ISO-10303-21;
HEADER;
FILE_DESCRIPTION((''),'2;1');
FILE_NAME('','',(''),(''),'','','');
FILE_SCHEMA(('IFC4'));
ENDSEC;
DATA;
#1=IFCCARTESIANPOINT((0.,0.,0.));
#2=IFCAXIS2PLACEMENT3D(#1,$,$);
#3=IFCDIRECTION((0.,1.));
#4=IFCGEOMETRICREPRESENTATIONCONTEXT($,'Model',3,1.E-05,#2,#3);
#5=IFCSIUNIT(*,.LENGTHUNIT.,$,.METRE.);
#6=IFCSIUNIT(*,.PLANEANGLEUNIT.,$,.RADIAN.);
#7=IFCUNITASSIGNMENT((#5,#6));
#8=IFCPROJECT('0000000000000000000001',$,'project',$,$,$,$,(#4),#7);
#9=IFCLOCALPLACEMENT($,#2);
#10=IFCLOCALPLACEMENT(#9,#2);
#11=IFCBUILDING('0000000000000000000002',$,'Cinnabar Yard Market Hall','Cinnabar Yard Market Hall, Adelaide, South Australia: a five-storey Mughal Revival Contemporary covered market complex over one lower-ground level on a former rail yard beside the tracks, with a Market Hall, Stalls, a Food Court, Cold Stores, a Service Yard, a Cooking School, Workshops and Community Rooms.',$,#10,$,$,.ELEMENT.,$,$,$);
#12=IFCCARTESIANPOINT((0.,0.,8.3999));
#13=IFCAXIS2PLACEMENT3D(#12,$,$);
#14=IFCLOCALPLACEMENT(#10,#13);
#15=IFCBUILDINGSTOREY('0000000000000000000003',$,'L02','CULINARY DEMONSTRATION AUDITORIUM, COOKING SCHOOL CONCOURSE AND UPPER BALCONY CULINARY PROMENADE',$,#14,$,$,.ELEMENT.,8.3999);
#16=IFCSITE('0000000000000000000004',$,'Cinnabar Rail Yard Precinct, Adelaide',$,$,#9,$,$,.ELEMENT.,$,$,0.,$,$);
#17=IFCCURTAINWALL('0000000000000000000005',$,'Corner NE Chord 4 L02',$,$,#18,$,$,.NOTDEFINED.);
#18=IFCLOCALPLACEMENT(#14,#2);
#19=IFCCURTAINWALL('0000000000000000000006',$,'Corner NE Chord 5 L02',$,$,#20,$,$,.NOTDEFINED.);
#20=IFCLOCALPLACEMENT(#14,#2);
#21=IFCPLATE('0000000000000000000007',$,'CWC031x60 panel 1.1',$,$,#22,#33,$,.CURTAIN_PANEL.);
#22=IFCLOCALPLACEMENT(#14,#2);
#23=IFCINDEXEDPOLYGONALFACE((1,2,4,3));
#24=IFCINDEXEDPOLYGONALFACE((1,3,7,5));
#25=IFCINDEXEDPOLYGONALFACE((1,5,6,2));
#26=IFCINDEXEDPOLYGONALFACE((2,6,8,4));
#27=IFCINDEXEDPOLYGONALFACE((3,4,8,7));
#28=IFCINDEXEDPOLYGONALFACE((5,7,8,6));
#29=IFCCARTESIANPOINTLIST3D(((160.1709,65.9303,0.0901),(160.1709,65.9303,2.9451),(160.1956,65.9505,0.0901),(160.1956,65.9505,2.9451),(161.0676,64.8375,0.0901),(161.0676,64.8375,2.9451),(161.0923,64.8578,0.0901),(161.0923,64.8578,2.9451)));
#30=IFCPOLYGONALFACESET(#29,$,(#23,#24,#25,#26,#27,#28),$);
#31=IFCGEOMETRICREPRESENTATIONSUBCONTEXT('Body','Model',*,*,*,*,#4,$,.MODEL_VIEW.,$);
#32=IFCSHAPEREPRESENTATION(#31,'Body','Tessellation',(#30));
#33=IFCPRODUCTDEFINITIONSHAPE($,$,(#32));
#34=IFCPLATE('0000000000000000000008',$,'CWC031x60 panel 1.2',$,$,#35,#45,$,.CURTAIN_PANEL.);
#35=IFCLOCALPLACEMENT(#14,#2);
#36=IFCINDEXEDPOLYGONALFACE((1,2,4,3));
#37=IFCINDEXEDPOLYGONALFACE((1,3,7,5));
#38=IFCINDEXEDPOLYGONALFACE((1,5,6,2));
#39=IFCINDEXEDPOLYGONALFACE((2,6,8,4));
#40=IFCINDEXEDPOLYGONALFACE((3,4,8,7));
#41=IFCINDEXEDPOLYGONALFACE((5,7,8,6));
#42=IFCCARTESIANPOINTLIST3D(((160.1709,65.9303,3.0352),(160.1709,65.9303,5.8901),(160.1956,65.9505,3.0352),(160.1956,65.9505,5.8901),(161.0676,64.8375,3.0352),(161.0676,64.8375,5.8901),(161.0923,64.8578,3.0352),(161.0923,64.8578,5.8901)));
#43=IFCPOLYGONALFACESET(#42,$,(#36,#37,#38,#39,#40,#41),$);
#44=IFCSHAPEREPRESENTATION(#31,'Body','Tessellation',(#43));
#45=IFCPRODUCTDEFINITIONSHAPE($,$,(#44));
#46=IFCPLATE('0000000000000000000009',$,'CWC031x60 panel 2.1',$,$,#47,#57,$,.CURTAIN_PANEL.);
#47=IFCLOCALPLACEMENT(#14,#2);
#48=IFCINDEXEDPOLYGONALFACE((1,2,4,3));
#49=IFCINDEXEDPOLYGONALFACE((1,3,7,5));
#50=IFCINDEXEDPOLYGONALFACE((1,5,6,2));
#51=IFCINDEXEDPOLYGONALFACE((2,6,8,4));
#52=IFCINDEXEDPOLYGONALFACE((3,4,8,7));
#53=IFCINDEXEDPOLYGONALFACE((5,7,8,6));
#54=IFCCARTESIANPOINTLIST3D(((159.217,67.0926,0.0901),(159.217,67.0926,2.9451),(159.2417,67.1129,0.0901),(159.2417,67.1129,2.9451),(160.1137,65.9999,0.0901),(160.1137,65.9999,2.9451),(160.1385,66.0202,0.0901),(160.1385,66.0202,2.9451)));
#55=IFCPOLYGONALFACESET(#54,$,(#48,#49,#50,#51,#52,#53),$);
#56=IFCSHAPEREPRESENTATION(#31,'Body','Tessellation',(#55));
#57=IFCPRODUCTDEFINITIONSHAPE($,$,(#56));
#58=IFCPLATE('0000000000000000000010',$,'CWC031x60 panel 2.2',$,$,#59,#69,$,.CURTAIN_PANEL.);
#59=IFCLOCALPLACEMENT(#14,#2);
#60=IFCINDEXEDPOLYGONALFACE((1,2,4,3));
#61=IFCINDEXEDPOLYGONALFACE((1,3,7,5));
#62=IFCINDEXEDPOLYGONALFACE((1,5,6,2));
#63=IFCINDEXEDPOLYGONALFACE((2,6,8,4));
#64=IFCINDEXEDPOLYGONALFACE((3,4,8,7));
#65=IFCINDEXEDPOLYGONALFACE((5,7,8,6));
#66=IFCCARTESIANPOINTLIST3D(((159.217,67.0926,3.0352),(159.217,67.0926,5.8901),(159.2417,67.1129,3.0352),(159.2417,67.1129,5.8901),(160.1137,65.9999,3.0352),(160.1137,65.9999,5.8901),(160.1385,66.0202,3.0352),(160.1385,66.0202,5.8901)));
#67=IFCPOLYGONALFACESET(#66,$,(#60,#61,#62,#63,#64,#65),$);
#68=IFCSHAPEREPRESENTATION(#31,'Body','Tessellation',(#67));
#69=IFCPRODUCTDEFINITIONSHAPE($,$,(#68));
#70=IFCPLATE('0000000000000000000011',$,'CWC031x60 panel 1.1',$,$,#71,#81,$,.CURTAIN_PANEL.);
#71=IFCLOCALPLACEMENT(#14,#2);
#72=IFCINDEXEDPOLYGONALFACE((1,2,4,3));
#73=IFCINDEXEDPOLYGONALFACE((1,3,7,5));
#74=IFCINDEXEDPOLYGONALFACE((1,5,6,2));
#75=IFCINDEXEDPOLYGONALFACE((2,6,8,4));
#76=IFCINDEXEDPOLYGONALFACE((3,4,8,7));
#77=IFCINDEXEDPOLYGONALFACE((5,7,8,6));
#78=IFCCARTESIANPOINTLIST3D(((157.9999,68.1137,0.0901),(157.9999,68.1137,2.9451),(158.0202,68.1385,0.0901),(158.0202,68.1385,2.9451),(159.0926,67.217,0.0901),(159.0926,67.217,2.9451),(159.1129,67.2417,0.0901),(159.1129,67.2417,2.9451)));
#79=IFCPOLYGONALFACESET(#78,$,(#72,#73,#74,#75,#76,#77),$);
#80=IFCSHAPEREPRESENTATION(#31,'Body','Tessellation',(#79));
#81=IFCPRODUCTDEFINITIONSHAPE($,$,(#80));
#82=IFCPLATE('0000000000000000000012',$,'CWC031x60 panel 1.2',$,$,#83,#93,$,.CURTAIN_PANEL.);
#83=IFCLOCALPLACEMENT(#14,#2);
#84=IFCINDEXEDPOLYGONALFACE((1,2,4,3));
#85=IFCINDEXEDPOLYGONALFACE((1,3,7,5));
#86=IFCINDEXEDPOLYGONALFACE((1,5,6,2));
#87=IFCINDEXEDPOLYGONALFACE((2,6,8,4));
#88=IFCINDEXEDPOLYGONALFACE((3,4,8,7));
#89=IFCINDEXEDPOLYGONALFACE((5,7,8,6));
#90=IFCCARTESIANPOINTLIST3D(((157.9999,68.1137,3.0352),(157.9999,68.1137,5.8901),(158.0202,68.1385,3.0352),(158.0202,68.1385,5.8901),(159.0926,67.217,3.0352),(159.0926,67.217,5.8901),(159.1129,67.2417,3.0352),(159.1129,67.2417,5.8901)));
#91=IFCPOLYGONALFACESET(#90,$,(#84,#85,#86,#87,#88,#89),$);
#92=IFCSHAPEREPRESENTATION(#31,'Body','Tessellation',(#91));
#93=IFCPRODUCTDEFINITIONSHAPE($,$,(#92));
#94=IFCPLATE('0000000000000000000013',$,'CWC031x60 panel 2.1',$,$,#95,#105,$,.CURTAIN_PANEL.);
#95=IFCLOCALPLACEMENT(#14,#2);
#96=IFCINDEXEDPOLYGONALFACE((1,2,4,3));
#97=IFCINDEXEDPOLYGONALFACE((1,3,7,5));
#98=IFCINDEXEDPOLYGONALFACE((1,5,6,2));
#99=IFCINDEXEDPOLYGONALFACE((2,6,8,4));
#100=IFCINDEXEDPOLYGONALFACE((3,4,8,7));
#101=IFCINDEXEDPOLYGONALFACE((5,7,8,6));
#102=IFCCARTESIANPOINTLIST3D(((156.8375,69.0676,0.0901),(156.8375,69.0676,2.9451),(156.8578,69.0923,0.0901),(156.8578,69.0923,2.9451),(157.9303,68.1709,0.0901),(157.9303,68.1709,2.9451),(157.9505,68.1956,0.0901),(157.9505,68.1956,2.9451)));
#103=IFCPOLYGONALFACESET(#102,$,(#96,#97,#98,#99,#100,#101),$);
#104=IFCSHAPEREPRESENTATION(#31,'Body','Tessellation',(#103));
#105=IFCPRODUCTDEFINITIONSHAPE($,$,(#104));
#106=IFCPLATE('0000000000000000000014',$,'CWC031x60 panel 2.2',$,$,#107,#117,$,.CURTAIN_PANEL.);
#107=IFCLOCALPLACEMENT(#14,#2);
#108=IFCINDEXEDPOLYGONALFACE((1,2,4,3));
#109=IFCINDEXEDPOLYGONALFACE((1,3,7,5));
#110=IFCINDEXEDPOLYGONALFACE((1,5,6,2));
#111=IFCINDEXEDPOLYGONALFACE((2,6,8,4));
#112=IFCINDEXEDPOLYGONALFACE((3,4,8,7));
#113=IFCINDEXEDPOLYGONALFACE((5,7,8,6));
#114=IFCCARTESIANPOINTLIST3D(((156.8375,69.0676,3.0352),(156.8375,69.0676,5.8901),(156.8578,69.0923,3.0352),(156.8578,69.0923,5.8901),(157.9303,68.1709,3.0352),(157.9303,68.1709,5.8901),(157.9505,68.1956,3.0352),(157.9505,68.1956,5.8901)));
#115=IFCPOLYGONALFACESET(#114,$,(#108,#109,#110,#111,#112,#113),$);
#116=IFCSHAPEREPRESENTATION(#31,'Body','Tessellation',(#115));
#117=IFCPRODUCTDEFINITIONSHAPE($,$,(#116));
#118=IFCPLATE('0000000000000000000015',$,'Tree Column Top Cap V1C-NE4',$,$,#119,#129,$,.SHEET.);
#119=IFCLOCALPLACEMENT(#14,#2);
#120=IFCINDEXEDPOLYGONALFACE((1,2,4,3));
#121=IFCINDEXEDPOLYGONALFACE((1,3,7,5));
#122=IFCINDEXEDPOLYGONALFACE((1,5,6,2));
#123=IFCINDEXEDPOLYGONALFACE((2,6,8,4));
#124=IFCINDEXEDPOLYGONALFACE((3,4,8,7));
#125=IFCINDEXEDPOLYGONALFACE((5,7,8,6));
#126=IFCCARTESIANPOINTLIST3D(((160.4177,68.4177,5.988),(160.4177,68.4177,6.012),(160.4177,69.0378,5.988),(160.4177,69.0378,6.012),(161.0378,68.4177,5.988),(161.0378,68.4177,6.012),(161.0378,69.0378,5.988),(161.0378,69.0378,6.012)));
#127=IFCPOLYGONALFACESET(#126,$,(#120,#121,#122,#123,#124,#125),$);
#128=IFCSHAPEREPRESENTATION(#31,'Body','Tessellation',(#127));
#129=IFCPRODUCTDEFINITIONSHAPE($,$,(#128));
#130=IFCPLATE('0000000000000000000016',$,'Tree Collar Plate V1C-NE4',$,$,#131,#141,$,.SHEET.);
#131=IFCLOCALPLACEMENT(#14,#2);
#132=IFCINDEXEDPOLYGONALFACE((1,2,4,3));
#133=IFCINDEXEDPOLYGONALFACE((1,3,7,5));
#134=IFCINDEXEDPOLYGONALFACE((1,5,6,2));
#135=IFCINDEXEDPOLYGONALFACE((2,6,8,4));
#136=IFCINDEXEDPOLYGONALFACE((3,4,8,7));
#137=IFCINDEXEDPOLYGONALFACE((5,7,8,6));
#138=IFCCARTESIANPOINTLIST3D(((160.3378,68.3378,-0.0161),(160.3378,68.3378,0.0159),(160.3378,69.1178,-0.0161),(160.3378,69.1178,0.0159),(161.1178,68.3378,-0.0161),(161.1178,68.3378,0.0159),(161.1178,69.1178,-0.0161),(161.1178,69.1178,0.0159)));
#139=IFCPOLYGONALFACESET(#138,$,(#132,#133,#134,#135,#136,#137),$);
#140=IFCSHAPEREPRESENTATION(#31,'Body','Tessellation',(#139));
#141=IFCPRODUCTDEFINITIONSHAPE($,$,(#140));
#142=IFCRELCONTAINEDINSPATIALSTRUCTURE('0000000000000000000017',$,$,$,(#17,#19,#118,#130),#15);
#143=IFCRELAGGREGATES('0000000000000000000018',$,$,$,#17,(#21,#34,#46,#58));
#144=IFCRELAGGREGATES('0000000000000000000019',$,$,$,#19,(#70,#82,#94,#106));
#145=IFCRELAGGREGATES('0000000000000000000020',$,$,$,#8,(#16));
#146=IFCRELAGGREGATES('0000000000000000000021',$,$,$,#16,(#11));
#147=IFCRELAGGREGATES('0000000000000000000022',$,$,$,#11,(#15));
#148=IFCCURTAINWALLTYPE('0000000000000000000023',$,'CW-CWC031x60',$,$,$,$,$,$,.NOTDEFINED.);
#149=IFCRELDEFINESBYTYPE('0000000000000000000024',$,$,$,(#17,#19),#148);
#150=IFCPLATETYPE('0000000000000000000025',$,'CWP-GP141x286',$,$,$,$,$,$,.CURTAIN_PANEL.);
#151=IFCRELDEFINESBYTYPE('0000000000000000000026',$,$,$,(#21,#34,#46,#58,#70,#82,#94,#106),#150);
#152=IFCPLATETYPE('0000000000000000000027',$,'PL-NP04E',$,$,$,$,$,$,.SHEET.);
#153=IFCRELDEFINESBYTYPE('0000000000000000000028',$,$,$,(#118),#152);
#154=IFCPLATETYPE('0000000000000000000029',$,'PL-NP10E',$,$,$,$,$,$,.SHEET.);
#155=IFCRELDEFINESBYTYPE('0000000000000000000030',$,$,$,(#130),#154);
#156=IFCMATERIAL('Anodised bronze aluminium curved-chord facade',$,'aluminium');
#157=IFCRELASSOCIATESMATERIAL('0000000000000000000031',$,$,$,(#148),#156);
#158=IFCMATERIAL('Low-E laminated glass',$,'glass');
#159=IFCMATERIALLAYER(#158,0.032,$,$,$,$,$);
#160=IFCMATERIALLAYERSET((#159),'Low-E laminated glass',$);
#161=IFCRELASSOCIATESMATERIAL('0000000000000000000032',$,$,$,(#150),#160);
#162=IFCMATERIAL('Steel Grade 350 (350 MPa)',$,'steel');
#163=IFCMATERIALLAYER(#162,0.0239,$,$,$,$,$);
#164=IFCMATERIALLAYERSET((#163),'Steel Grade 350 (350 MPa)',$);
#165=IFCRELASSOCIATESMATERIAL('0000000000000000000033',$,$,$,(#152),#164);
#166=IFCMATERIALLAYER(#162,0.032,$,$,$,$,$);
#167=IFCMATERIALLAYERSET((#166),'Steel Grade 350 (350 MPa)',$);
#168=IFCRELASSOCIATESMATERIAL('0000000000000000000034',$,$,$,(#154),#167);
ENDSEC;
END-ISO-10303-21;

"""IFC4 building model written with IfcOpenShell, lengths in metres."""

from ifc_helpers import new_model, si_unit, direction, frame, origin, origin_2d_with_axis, place, context, subcontext, project, spatial, rectangle, extrude, material, layer, layer_set, type_object, element, aggregate, save


model = new_model("IFC4")

# Units and contexts
model_context = context("Model", 3, precision=1e-05, world=origin(), true_north=direction((0.0, 1.0)))
body_context = subcontext(model_context, "Body", "Model", "MODEL_VIEW")
ifc_project = project(units=[si_unit("LENGTHUNIT", "METRE"), si_unit("PLANEANGLEUNIT", "RADIAN")], contexts=[model_context])

# Site, building, storey
site_placement = place(None, origin())
site = spatial("IfcSite", under=ifc_project, at=site_placement, Name="Cinnabar Rail Yard Precinct, Adelaide", CompositionType="ELEMENT", RefElevation=0.0)
building_placement = place(site_placement, origin())
building = spatial("IfcBuilding", under=site, at=building_placement, Name="Cinnabar Yard Market Hall", Description="Cinnabar Yard Market Hall, Adelaide, South Australia: a five-storey Mughal Revival Contemporary covered market complex over one lower-ground level on a former rail yard beside the tracks, with a Market Hall, Stalls, a Food Court, Cold Stores, a Service Yard, a Cooking School, Workshops and Community Rooms.", CompositionType="ELEMENT")
storey_placement = place(building_placement, frame((0.0, 0.0, 8.3999)))
storey = spatial("IfcBuildingStorey", under=building, at=storey_placement, Name="L02", Description="CULINARY DEMONSTRATION AUDITORIUM, COOKING SCHOOL CONCOURSE AND UPPER BALCONY CULINARY PROMENADE", CompositionType="ELEMENT", Elevation=8.3999)

# Shared definitions
ifc_material_1 = material(Name="Anodised bronze aluminium curved-chord facade", Category="aluminium")
curtain_wall_type = type_object("IfcCurtainWallType", Name="CW-CWC031x60", PredefinedType="NOTDEFINED", material=ifc_material_1)

# Curtain walls
curtain_wall_1_placement = place(storey_placement, origin())
curtain_wall_1 = element("IfcCurtainWall", 1, at=curtain_wall_1_placement, inside=storey, type_object=curtain_wall_type, Name="Corner NE Chord 4 L02", PredefinedType="NOTDEFINED")
curtain_wall_2_placement = place(storey_placement, origin())
curtain_wall_2 = element("IfcCurtainWall", 2, at=curtain_wall_2_placement, inside=storey, type_object=curtain_wall_type, Name="Corner NE Chord 5 L02", PredefinedType="NOTDEFINED")

# Plates
ifc_material_2 = material(Name="Low-E laminated glass", Category="glass")
ifc_layer_1 = layer(ifc_material_2, 0.032)
ifc_layer_set_1 = layer_set([ifc_layer_1], Name="Low-E laminated glass")
plate_type_1 = type_object("IfcPlateType", Name="CWP-GP141x286", PredefinedType="CURTAIN_PANEL", material=ifc_layer_set_1)
plate_1_placement = place(storey_placement, frame((160.6316, 65.394, 0.0901), z_axis=(0.0, 0.0, 1.0), x_axis=(-0.634383, 0.773019, 0.0)))
plate_1 = element("IfcPlate", 3, at=plate_1_placement, type_object=plate_type_1, Name="CWC031x60 panel 1.1", PredefinedType="CURTAIN_PANEL", context=body_context, shape_type="SweptSolid", body=[
    extrude(rectangle(XDim=1.4136, YDim=0.032, at=origin_2d_with_axis()), origin(), (0.0, 0.0, 1.0), 2.855),
])
plate_2_placement = place(storey_placement, frame((160.6316, 65.394, 3.0352), z_axis=(0.0, 0.0, 1.0), x_axis=(-0.634383, 0.773019, 0.0)))
plate_2 = element("IfcPlate", 4, at=plate_2_placement, type_object=plate_type_1, Name="CWC031x60 panel 1.2", PredefinedType="CURTAIN_PANEL", context=body_context, shape_type="SweptSolid", body=[
    extrude(rectangle(XDim=1.4136, YDim=0.032, at=origin_2d_with_axis()), origin(), (0.0, 0.0, 1.0), 2.855),
])
plate_3_placement = place(storey_placement, frame((159.6777, 66.5564, 0.0901), z_axis=(0.0, 0.0, 1.0), x_axis=(-0.634383, 0.773019, 0.0)))
plate_3 = element("IfcPlate", 5, at=plate_3_placement, type_object=plate_type_1, Name="CWC031x60 panel 2.1", PredefinedType="CURTAIN_PANEL", context=body_context, shape_type="SweptSolid", body=[
    extrude(rectangle(XDim=1.4136, YDim=0.032, at=origin_2d_with_axis()), origin(), (0.0, 0.0, 1.0), 2.855),
])
plate_4_placement = place(storey_placement, frame((159.6777, 66.5564, 3.0352), z_axis=(0.0, 0.0, 1.0), x_axis=(-0.634383, 0.773019, 0.0)))
plate_4 = element("IfcPlate", 6, at=plate_4_placement, type_object=plate_type_1, Name="CWC031x60 panel 2.2", PredefinedType="CURTAIN_PANEL", context=body_context, shape_type="SweptSolid", body=[
    extrude(rectangle(XDim=1.4136, YDim=0.032, at=origin_2d_with_axis()), origin(), (0.0, 0.0, 1.0), 2.855),
])
aggregate(curtain_wall_1, [plate_1, plate_2, plate_3, plate_4])
plate_5_placement = place(storey_placement, frame((158.5564, 67.6777, 0.0901), z_axis=(0.0, 0.0, 1.0), x_axis=(-0.773019, 0.634383, 0.0)))
plate_5 = element("IfcPlate", 7, at=plate_5_placement, type_object=plate_type_1, Name="CWC031x60 panel 1.1", PredefinedType="CURTAIN_PANEL", context=body_context, shape_type="SweptSolid", body=[
    extrude(rectangle(XDim=1.4136, YDim=0.032, at=origin_2d_with_axis()), origin(), (0.0, 0.0, 1.0), 2.855),
])
plate_6_placement = place(storey_placement, frame((158.5564, 67.6777, 3.0352), z_axis=(0.0, 0.0, 1.0), x_axis=(-0.773019, 0.634383, 0.0)))
plate_6 = element("IfcPlate", 8, at=plate_6_placement, type_object=plate_type_1, Name="CWC031x60 panel 1.2", PredefinedType="CURTAIN_PANEL", context=body_context, shape_type="SweptSolid", body=[
    extrude(rectangle(XDim=1.4136, YDim=0.032, at=origin_2d_with_axis()), origin(), (0.0, 0.0, 1.0), 2.855),
])
plate_7_placement = place(storey_placement, frame((157.394, 68.6316, 0.0901), z_axis=(0.0, 0.0, 1.0), x_axis=(-0.773019, 0.634383, 0.0)))
plate_7 = element("IfcPlate", 9, at=plate_7_placement, type_object=plate_type_1, Name="CWC031x60 panel 2.1", PredefinedType="CURTAIN_PANEL", context=body_context, shape_type="SweptSolid", body=[
    extrude(rectangle(XDim=1.4136, YDim=0.032, at=origin_2d_with_axis()), origin(), (0.0, 0.0, 1.0), 2.855),
])
plate_8_placement = place(storey_placement, frame((157.394, 68.6316, 3.0352), z_axis=(0.0, 0.0, 1.0), x_axis=(-0.773019, 0.634383, 0.0)))
plate_8 = element("IfcPlate", 10, at=plate_8_placement, type_object=plate_type_1, Name="CWC031x60 panel 2.2", PredefinedType="CURTAIN_PANEL", context=body_context, shape_type="SweptSolid", body=[
    extrude(rectangle(XDim=1.4136, YDim=0.032, at=origin_2d_with_axis()), origin(), (0.0, 0.0, 1.0), 2.855),
])
aggregate(curtain_wall_2, [plate_5, plate_6, plate_7, plate_8])

# Plates
ifc_material_3 = material(Name="Steel Grade 350 (350 MPa)", Category="steel")
ifc_layer_2 = layer(ifc_material_3, 0.0239)
ifc_layer_set_2 = layer_set([ifc_layer_2], Name="Steel Grade 350 (350 MPa)")
plate_type_2 = type_object("IfcPlateType", Name="PL-NP04E", PredefinedType="SHEET", material=ifc_layer_set_2)
plate_9_placement = place(storey_placement, frame((160.7278, 68.7278, 5.988), z_axis=(0.0, 0.0, 1.0), x_axis=(1.0, 0.0, 0.0)))
element("IfcPlate", 11, at=plate_9_placement, inside=storey, type_object=plate_type_2, Name="Tree Column Top Cap V1C-NE4", PredefinedType="SHEET", context=body_context, shape_type="SweptSolid", body=[
    extrude(rectangle(XDim=0.6201, YDim=0.6201, at=origin_2d_with_axis()), origin(), (0.0, 0.0, 1.0), 0.0239),
])
ifc_layer_3 = layer(ifc_material_3, 0.032)
ifc_layer_set_3 = layer_set([ifc_layer_3], Name="Steel Grade 350 (350 MPa)")
plate_type_3 = type_object("IfcPlateType", Name="PL-NP10E", PredefinedType="SHEET", material=ifc_layer_set_3)
plate_10_placement = place(storey_placement, frame((160.7278, 68.7278, -0.0161), z_axis=(0.0, 0.0, 1.0), x_axis=(1.0, 0.0, 0.0)))
element("IfcPlate", 12, at=plate_10_placement, inside=storey, type_object=plate_type_3, Name="Tree Collar Plate V1C-NE4", PredefinedType="SHEET", context=body_context, shape_type="SweptSolid", body=[
    extrude(rectangle(XDim=0.78, YDim=0.78, at=origin_2d_with_axis()), origin(), (0.0, 0.0, 1.0), 0.032),
])

save(model, "model.ifc")
